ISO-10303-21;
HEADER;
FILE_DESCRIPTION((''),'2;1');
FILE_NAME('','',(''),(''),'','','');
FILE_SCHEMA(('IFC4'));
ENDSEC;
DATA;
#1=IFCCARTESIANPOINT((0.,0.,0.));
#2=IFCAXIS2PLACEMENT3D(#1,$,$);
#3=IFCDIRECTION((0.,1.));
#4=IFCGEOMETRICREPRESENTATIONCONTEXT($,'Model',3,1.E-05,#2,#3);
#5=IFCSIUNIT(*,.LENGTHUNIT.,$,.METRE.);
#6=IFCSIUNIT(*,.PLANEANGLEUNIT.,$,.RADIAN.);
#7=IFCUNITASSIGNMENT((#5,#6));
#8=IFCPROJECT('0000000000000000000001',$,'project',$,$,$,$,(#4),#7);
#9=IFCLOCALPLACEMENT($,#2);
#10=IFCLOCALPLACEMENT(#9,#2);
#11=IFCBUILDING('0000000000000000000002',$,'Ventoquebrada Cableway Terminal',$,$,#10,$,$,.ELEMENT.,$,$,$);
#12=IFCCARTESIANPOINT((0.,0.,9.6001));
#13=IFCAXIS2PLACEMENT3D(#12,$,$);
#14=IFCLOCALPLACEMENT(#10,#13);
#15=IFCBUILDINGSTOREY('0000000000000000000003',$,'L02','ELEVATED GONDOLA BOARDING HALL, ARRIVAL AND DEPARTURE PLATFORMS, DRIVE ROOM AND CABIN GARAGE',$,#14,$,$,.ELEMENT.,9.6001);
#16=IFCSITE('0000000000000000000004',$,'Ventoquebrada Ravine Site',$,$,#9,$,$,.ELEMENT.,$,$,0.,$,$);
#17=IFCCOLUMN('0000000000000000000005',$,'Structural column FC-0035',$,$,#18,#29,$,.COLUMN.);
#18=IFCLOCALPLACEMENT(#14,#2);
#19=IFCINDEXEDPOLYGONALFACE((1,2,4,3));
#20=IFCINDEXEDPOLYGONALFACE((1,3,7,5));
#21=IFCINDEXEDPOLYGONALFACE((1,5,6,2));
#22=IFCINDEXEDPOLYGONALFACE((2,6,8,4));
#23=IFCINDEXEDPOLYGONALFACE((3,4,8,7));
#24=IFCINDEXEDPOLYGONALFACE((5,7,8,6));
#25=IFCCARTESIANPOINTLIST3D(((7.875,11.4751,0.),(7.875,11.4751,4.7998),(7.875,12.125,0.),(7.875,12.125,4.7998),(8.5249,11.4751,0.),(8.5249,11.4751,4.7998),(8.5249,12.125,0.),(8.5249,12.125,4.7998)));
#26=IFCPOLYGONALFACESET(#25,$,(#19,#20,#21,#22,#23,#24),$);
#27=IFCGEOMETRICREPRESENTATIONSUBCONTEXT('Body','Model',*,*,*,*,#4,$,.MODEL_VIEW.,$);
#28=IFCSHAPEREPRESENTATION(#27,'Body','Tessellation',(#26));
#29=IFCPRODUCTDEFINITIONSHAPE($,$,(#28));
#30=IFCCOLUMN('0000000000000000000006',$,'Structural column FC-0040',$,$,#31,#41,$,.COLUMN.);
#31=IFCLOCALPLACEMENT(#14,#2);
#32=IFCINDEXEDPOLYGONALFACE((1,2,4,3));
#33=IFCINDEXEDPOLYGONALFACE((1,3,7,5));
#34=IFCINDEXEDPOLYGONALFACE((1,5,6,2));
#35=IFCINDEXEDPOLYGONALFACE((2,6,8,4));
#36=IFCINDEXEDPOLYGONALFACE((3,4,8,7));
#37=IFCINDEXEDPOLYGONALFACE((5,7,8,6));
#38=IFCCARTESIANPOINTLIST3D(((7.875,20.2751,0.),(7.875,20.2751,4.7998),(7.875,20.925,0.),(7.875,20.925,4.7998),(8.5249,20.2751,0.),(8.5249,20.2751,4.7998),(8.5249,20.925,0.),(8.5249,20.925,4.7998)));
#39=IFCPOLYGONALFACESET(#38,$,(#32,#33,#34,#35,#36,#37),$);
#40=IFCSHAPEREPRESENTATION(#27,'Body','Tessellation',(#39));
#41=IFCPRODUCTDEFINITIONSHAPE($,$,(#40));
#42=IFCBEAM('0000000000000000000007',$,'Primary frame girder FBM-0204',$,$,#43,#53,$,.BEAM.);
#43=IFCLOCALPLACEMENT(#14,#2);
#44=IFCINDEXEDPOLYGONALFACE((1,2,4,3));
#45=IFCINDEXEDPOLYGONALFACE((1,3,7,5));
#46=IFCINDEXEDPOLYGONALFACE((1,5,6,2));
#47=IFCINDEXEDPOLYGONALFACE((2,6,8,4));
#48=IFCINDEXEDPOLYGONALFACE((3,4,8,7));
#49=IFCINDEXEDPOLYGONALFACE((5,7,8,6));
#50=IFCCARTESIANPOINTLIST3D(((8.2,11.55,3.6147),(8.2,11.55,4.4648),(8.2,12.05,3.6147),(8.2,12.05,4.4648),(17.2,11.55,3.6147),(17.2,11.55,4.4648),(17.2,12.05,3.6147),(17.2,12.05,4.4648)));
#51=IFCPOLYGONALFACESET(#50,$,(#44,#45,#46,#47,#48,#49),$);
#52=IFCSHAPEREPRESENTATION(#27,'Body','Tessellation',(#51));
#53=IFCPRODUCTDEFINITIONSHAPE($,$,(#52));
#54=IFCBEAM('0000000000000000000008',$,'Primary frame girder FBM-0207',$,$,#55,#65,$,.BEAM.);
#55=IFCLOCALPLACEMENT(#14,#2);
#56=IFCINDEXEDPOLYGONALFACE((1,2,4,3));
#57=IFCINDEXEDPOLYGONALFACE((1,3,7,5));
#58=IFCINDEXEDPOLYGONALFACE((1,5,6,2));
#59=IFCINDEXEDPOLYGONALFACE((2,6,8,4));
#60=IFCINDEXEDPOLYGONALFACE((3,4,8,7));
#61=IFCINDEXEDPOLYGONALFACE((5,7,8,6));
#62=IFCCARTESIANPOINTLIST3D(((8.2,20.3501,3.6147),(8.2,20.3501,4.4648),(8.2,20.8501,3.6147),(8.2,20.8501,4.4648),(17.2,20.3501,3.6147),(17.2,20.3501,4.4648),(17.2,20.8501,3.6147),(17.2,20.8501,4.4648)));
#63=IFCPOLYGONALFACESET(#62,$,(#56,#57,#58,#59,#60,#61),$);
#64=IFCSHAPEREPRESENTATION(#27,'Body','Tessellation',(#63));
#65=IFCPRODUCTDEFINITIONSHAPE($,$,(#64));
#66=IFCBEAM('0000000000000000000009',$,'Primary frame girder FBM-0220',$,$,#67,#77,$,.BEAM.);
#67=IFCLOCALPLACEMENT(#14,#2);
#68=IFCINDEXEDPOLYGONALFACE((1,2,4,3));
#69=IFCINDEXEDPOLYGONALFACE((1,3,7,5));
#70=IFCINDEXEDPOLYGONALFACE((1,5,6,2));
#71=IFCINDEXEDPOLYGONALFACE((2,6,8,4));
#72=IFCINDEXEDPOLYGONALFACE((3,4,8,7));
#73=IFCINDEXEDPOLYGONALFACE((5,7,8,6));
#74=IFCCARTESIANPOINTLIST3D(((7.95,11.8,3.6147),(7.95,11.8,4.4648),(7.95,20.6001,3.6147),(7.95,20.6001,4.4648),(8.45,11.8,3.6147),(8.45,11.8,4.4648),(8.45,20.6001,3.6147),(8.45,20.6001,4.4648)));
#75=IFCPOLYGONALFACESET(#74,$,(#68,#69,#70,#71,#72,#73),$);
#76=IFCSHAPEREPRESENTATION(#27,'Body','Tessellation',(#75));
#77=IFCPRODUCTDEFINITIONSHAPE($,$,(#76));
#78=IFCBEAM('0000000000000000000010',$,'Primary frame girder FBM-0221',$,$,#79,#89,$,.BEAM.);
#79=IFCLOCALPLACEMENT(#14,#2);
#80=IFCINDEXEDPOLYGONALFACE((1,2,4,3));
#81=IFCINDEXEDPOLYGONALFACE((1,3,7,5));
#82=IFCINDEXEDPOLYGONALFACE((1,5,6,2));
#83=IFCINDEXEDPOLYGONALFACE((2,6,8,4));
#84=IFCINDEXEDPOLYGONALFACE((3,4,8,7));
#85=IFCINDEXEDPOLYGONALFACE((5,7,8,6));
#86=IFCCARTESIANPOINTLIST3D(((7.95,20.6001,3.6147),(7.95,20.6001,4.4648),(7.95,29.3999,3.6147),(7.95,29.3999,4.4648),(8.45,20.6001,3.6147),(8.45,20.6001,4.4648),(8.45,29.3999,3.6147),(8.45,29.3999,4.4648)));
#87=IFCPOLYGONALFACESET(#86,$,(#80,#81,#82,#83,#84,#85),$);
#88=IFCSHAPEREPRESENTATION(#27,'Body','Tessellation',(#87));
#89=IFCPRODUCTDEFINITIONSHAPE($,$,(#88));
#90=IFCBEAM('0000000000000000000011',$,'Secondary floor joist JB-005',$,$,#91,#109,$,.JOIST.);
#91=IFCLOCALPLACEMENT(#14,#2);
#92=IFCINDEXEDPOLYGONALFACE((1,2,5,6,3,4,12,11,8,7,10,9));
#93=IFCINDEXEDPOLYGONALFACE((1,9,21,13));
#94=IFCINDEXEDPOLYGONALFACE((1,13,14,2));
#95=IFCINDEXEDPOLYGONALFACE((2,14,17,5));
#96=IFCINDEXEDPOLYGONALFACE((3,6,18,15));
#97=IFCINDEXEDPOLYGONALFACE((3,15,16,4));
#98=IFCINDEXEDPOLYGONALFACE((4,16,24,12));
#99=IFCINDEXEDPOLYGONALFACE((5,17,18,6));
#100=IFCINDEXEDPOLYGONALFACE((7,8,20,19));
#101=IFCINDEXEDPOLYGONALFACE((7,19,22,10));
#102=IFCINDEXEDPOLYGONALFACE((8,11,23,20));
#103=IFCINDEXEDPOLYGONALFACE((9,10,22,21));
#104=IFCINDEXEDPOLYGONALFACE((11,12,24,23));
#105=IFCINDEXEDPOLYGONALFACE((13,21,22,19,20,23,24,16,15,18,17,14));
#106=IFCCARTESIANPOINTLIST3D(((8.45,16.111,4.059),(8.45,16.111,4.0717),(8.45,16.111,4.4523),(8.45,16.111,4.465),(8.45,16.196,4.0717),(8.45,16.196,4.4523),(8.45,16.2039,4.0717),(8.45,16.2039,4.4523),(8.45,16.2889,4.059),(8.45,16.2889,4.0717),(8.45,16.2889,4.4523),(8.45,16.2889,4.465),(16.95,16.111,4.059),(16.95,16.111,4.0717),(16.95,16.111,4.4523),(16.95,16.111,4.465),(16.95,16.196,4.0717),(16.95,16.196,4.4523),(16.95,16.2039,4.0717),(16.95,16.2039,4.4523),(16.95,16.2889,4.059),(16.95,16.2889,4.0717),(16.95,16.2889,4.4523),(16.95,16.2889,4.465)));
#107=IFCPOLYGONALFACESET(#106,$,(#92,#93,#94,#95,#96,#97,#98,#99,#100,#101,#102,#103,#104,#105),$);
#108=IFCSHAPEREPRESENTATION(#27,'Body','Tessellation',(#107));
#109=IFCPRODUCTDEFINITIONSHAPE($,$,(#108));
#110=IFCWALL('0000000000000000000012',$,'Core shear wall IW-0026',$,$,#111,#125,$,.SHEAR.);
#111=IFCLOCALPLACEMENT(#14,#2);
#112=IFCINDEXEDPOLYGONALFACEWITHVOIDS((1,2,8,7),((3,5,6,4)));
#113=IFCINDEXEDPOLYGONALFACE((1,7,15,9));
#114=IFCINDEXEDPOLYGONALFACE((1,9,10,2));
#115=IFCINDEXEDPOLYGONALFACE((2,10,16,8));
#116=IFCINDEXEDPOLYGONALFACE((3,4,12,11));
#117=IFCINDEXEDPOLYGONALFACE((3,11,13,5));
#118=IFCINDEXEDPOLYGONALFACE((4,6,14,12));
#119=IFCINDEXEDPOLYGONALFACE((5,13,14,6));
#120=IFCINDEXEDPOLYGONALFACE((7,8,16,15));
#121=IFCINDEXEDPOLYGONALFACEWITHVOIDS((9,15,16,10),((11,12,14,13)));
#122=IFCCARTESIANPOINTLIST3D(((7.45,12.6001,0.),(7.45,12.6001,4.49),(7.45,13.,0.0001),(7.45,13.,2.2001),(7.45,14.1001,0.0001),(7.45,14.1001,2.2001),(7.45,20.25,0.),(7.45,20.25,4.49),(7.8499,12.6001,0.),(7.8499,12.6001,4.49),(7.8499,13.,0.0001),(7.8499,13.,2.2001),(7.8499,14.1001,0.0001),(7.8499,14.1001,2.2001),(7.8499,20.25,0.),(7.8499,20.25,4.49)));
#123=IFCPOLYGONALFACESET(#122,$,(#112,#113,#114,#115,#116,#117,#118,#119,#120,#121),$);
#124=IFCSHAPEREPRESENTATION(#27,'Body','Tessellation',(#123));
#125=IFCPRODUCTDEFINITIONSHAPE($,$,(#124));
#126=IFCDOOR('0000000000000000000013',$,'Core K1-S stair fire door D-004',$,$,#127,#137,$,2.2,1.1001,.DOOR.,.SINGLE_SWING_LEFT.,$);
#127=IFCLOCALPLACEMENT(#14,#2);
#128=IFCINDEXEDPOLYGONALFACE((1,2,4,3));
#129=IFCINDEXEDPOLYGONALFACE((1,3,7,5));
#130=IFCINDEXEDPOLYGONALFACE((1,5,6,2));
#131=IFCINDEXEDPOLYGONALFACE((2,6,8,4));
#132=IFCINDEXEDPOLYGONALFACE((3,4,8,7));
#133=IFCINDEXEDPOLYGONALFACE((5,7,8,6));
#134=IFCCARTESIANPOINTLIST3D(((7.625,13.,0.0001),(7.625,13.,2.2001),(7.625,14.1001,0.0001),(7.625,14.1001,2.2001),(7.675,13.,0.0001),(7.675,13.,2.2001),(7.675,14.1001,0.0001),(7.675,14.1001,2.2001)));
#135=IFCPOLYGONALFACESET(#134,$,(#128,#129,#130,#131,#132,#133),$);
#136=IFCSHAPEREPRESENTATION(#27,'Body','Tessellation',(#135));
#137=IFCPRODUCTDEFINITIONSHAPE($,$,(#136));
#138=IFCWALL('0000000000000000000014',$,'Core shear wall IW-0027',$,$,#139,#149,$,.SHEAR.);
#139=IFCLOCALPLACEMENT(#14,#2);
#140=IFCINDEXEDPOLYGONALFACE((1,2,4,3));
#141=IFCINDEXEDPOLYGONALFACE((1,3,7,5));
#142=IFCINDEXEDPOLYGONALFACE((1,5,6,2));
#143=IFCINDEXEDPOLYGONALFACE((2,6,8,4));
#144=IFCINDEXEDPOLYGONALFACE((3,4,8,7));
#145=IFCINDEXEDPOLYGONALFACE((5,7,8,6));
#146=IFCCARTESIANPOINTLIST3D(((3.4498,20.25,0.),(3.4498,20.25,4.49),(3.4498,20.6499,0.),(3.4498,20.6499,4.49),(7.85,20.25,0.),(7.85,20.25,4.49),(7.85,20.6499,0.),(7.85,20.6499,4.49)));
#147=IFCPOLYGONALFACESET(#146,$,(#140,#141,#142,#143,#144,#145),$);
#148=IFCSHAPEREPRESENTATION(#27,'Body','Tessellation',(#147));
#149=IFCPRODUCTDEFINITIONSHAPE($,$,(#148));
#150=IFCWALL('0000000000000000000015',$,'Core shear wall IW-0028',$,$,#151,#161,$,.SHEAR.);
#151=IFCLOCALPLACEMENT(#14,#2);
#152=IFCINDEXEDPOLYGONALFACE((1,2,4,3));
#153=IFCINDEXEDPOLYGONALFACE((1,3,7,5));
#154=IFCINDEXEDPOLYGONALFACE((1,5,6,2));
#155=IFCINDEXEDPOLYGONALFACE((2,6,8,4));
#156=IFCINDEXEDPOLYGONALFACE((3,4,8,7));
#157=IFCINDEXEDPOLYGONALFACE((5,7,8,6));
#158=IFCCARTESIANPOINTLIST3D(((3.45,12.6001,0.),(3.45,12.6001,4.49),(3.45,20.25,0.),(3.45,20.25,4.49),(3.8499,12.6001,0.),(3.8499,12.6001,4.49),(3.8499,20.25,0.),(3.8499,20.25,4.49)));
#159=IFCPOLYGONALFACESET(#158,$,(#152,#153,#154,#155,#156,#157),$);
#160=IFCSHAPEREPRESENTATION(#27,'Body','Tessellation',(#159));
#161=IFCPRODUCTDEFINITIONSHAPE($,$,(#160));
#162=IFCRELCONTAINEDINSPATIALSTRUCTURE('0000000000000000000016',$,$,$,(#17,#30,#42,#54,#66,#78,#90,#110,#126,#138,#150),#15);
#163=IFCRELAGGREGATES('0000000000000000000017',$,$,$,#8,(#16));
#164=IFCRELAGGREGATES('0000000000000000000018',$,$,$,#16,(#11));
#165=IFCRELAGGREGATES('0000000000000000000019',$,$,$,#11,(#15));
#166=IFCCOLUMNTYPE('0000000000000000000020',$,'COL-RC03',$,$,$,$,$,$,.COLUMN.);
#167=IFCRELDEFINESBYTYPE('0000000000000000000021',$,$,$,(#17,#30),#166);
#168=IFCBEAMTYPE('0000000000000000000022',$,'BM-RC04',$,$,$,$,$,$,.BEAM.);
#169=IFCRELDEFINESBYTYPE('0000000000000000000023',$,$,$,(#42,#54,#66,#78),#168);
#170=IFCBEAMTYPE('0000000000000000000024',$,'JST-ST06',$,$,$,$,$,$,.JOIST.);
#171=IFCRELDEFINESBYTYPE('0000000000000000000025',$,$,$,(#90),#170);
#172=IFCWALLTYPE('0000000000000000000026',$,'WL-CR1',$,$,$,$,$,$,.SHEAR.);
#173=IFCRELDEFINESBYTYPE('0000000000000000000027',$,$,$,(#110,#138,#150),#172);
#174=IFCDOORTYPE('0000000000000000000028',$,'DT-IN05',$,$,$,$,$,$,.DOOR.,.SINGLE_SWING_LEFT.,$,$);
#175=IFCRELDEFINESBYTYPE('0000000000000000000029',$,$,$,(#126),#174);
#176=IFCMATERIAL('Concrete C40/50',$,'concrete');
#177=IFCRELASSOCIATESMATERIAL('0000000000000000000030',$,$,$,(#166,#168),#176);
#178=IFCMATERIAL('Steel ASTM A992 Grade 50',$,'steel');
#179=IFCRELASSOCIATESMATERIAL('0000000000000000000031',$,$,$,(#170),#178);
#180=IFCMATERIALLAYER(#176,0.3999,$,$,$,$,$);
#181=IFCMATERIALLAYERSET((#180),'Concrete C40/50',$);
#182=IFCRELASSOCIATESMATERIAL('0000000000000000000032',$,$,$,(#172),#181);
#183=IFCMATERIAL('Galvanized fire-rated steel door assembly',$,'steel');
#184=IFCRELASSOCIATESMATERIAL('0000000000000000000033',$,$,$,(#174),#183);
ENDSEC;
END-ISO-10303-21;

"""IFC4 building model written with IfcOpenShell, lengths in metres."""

from ifc_helpers import new_model, si_unit, direction, frame, frame_2d, origin, origin_2d, place, context, subcontext, project, spatial, rectangle, i_section, extrude, material, layer, layer_set, material_profile, profile_set, type_object, element, fill, save


model = new_model("IFC4")

# Units and contexts
model_context = context("Model", 3, precision=1e-05, world=origin(), true_north=direction((0.0, 1.0)))
body_context = subcontext(model_context, "Body", "Model", "MODEL_VIEW")
ifc_project = project(units=[si_unit("LENGTHUNIT", "METRE"), si_unit("PLANEANGLEUNIT", "RADIAN")], contexts=[model_context])

# Site, building, storey
site_placement = place(None, origin())
site = spatial("IfcSite", under=ifc_project, at=site_placement, Name="Ventoquebrada Ravine Site", CompositionType="ELEMENT", RefElevation=0.0)
building_placement = place(site_placement, origin())
building = spatial("IfcBuilding", under=site, at=building_placement, Name="Ventoquebrada Cableway Terminal", CompositionType="ELEMENT")
storey_placement = place(building_placement, frame((0.0, 0.0, 9.6001)))
storey = spatial("IfcBuildingStorey", under=building, at=storey_placement, Name="L02", Description="ELEVATED GONDOLA BOARDING HALL, ARRIVAL AND DEPARTURE PLATFORMS, DRIVE ROOM AND CABIN GARAGE", CompositionType="ELEMENT", Elevation=9.6001)

# Columns
ifc_material_1 = material(Name="Concrete C40/50", Category="concrete")
ifc_material_profile_1 = material_profile(ifc_material_1, rectangle(XDim=0.6499, YDim=0.6499, at=origin_2d()), Name="RC-COL-650X650")
ifc_profile_set_1 = profile_set([ifc_material_profile_1], Name="Concrete C40/50")
column_type = type_object("IfcColumnType", Name="COL-RC03", PredefinedType="COLUMN", material=ifc_profile_set_1)
for number, where, z_axis, x_axis, name in (
    (1, (8.2, 11.8, 0.0), (0.0, 0.0, 1.0), (1.0, 0.0, 0.0), "Structural column FC-0035"),
    (2, (8.2, 20.6001, 0.0), (0.0, 0.0, 1.0), (1.0, 0.0, 0.0), "Structural column FC-0040"),
):
    element("IfcColumn", number, at=place(storey_placement, frame(where, z_axis=z_axis, x_axis=x_axis)), inside=storey, type_object=column_type, Name=name, PredefinedType="COLUMN", context=body_context, shape_type="SweptSolid", body=[
        extrude(rectangle(XDim=0.6499, YDim=0.6499, at=origin_2d()), origin(), (0.0, 0.0, 1.0), 4.7998),
    ])

# Beams
ifc_material_profile_2 = material_profile(ifc_material_1, rectangle(XDim=0.5, YDim=0.8501, at=origin_2d()), Name="RC-BM-500X850")
ifc_profile_set_2 = profile_set([ifc_material_profile_2], Name="Concrete C40/50")
beam_type_1 = type_object("IfcBeamType", Name="BM-RC04", PredefinedType="BEAM", material=ifc_profile_set_2)
for number, where, z_axis, x_axis, name in (
    (3, (8.2, 11.8, 4.0398), (1.0, 0.0, 0.0), (0.0, 1.0, 0.0), "Primary frame girder FBM-0204"),
    (4, (8.2, 20.6001, 4.0398), (1.0, 0.0, 0.0), (0.0, 1.0, 0.0), "Primary frame girder FBM-0207"),
):
    element("IfcBeam", number, at=place(storey_placement, frame(where, z_axis=z_axis, x_axis=x_axis)), inside=storey, type_object=beam_type_1, Name=name, PredefinedType="BEAM", context=body_context, shape_type="SweptSolid", body=[
        extrude(rectangle(XDim=0.5, YDim=0.8501, at=origin_2d()), origin(), (0.0, 0.0, 1.0), 9.0),
    ])
beam_1_placement = place(storey_placement, frame((8.2, 11.8, 4.0398), z_axis=(0.0, 1.0, 0.0), x_axis=(-1.0, 0.0, 0.0)))
element("IfcBeam", 5, at=beam_1_placement, inside=storey, type_object=beam_type_1, Name="Primary frame girder FBM-0220", PredefinedType="BEAM", context=body_context, shape_type="SweptSolid", body=[
    extrude(rectangle(XDim=0.5, YDim=0.8501, at=origin_2d()), origin(), (0.0, 0.0, 1.0), 8.8),
])
beam_2_placement = place(storey_placement, frame((8.2, 20.6001, 4.0398), z_axis=(0.0, 1.0, 0.0), x_axis=(-1.0, 0.0, 0.0)))
element("IfcBeam", 6, at=beam_2_placement, inside=storey, type_object=beam_type_1, Name="Primary frame girder FBM-0221", PredefinedType="BEAM", context=body_context, shape_type="SweptSolid", body=[
    extrude(rectangle(XDim=0.5, YDim=0.8501, at=origin_2d()), origin(), (0.0, 0.0, 1.0), 8.7998),
])
ifc_material_2 = material(Name="Steel ASTM A992 Grade 50", Category="steel")
ifc_material_profile_3 = material_profile(ifc_material_2, i_section(OverallWidth=0.178, OverallDepth=0.406, WebThickness=0.0078, FlangeThickness=0.0127, at=origin_2d()), Name="W16X40")
ifc_profile_set_3 = profile_set([ifc_material_profile_3], Name="Steel ASTM A992 Grade 50")
beam_type_2 = type_object("IfcBeamType", Name="JST-ST06", PredefinedType="JOIST", material=ifc_profile_set_3)
beam_3_placement = place(storey_placement, frame((8.45, 16.2, 4.262), z_axis=(1.0, 0.0, 0.0), x_axis=(0.0, 1.0, 0.0)))
element("IfcBeam", 7, at=beam_3_placement, inside=storey, type_object=beam_type_2, Name="Secondary floor joist JB-005", PredefinedType="JOIST", context=body_context, shape_type="SweptSolid", body=[
    extrude(i_section(OverallWidth=0.178, OverallDepth=0.406, WebThickness=0.0078, FlangeThickness=0.0127, at=origin_2d()), origin(), (0.0, 0.0, 1.0), 8.5),
])

# Wall, opening, door
ifc_layer_1 = layer(ifc_material_1, 0.3999)
ifc_layer_set_1 = layer_set([ifc_layer_1], Name="Concrete C40/50")
wall_type_1 = type_object("IfcWallType", Name="WL-CR1", PredefinedType="SHEAR", material=ifc_layer_set_1)
wall_1_placement = place(storey_placement, frame((7.6499, 12.6001, 0.0), z_axis=(0.0, 0.0, 1.0), x_axis=(0.0, 1.0, 0.0)))
wall_1 = element("IfcWall", 8, at=wall_1_placement, inside=storey, type_object=wall_type_1, Name="Core shear wall IW-0026", PredefinedType="SHEAR", context=body_context, shape_type="SweptSolid", body=[
    extrude(rectangle(XDim=7.6499, YDim=0.3999, at=frame_2d((3.825, 0.0))), origin(), (0.0, 0.0, 1.0), 4.49),
])
opening_1_placement = place(wall_1_placement, frame((0.3999, 0.0, 0.0)))
opening_1 = element("IfcOpeningElement", 9, at=opening_1_placement, cuts=wall_1, PredefinedType="OPENING", context=body_context, shape_type="SweptSolid", body=[
    extrude(rectangle(XDim=1.1001, YDim=2.2, at=frame_2d((0.55, 1.1001))), frame((0.0, 0.21, 0.0), z_axis=(0.0, -1.0, 0.0), x_axis=(1.0, 0.0, 0.0)), (0.0, 0.0, 1.0), 0.4199),
])
ifc_material_3 = material(Name="Galvanized fire-rated steel door assembly", Category="steel")
door_type_1 = type_object("IfcDoorType", Name="DT-IN05", OperationType="SINGLE_SWING_LEFT", PredefinedType="DOOR", material=ifc_material_3)
door_1_placement = place(opening_1_placement, origin())
door_1 = element("IfcDoor", 10, at=door_1_placement, inside=storey, type_object=door_type_1, Name="Core K1-S stair fire door D-004", OperationType="SINGLE_SWING_LEFT", OverallHeight=2.2, OverallWidth=1.1001, PredefinedType="DOOR", context=body_context, shape_type="SweptSolid", body=[
    extrude(rectangle(XDim=1.1001, YDim=2.2, at=frame_2d((0.55, 1.1001))), frame((0.0, 0.0249, 0.0), z_axis=(0.0, -1.0, 0.0), x_axis=(1.0, 0.0, 0.0)), (0.0, 0.0, 1.0), 0.05),
])
fill(opening_1, door_1)

# Walls
wall_2_placement = place(storey_placement, frame((7.8501, 20.45, 0.0), z_axis=(0.0, 0.0, 1.0), x_axis=(-1.0, 0.0, 0.0)))
element("IfcWall", 11, at=wall_2_placement, inside=storey, type_object=wall_type_1, Name="Core shear wall IW-0027", PredefinedType="SHEAR", context=body_context, shape_type="SweptSolid", body=[
    extrude(rectangle(XDim=4.4001, YDim=0.3999, at=frame_2d((2.2002, 0.0))), origin(), (0.0, 0.0, 1.0), 4.49),
])
wall_3_placement = place(storey_placement, frame((3.6499, 20.25, 0.0), z_axis=(0.0, 0.0, 1.0), x_axis=(0.0, -1.0, 0.0)))
element("IfcWall", 12, at=wall_3_placement, inside=storey, type_object=wall_type_1, Name="Core shear wall IW-0028", PredefinedType="SHEAR", context=body_context, shape_type="SweptSolid", body=[
    extrude(rectangle(XDim=7.6499, YDim=0.3999, at=frame_2d((3.825, 0.0))), origin(), (0.0, 0.0, 1.0), 4.49),
])

save(model, "model.ifc")
